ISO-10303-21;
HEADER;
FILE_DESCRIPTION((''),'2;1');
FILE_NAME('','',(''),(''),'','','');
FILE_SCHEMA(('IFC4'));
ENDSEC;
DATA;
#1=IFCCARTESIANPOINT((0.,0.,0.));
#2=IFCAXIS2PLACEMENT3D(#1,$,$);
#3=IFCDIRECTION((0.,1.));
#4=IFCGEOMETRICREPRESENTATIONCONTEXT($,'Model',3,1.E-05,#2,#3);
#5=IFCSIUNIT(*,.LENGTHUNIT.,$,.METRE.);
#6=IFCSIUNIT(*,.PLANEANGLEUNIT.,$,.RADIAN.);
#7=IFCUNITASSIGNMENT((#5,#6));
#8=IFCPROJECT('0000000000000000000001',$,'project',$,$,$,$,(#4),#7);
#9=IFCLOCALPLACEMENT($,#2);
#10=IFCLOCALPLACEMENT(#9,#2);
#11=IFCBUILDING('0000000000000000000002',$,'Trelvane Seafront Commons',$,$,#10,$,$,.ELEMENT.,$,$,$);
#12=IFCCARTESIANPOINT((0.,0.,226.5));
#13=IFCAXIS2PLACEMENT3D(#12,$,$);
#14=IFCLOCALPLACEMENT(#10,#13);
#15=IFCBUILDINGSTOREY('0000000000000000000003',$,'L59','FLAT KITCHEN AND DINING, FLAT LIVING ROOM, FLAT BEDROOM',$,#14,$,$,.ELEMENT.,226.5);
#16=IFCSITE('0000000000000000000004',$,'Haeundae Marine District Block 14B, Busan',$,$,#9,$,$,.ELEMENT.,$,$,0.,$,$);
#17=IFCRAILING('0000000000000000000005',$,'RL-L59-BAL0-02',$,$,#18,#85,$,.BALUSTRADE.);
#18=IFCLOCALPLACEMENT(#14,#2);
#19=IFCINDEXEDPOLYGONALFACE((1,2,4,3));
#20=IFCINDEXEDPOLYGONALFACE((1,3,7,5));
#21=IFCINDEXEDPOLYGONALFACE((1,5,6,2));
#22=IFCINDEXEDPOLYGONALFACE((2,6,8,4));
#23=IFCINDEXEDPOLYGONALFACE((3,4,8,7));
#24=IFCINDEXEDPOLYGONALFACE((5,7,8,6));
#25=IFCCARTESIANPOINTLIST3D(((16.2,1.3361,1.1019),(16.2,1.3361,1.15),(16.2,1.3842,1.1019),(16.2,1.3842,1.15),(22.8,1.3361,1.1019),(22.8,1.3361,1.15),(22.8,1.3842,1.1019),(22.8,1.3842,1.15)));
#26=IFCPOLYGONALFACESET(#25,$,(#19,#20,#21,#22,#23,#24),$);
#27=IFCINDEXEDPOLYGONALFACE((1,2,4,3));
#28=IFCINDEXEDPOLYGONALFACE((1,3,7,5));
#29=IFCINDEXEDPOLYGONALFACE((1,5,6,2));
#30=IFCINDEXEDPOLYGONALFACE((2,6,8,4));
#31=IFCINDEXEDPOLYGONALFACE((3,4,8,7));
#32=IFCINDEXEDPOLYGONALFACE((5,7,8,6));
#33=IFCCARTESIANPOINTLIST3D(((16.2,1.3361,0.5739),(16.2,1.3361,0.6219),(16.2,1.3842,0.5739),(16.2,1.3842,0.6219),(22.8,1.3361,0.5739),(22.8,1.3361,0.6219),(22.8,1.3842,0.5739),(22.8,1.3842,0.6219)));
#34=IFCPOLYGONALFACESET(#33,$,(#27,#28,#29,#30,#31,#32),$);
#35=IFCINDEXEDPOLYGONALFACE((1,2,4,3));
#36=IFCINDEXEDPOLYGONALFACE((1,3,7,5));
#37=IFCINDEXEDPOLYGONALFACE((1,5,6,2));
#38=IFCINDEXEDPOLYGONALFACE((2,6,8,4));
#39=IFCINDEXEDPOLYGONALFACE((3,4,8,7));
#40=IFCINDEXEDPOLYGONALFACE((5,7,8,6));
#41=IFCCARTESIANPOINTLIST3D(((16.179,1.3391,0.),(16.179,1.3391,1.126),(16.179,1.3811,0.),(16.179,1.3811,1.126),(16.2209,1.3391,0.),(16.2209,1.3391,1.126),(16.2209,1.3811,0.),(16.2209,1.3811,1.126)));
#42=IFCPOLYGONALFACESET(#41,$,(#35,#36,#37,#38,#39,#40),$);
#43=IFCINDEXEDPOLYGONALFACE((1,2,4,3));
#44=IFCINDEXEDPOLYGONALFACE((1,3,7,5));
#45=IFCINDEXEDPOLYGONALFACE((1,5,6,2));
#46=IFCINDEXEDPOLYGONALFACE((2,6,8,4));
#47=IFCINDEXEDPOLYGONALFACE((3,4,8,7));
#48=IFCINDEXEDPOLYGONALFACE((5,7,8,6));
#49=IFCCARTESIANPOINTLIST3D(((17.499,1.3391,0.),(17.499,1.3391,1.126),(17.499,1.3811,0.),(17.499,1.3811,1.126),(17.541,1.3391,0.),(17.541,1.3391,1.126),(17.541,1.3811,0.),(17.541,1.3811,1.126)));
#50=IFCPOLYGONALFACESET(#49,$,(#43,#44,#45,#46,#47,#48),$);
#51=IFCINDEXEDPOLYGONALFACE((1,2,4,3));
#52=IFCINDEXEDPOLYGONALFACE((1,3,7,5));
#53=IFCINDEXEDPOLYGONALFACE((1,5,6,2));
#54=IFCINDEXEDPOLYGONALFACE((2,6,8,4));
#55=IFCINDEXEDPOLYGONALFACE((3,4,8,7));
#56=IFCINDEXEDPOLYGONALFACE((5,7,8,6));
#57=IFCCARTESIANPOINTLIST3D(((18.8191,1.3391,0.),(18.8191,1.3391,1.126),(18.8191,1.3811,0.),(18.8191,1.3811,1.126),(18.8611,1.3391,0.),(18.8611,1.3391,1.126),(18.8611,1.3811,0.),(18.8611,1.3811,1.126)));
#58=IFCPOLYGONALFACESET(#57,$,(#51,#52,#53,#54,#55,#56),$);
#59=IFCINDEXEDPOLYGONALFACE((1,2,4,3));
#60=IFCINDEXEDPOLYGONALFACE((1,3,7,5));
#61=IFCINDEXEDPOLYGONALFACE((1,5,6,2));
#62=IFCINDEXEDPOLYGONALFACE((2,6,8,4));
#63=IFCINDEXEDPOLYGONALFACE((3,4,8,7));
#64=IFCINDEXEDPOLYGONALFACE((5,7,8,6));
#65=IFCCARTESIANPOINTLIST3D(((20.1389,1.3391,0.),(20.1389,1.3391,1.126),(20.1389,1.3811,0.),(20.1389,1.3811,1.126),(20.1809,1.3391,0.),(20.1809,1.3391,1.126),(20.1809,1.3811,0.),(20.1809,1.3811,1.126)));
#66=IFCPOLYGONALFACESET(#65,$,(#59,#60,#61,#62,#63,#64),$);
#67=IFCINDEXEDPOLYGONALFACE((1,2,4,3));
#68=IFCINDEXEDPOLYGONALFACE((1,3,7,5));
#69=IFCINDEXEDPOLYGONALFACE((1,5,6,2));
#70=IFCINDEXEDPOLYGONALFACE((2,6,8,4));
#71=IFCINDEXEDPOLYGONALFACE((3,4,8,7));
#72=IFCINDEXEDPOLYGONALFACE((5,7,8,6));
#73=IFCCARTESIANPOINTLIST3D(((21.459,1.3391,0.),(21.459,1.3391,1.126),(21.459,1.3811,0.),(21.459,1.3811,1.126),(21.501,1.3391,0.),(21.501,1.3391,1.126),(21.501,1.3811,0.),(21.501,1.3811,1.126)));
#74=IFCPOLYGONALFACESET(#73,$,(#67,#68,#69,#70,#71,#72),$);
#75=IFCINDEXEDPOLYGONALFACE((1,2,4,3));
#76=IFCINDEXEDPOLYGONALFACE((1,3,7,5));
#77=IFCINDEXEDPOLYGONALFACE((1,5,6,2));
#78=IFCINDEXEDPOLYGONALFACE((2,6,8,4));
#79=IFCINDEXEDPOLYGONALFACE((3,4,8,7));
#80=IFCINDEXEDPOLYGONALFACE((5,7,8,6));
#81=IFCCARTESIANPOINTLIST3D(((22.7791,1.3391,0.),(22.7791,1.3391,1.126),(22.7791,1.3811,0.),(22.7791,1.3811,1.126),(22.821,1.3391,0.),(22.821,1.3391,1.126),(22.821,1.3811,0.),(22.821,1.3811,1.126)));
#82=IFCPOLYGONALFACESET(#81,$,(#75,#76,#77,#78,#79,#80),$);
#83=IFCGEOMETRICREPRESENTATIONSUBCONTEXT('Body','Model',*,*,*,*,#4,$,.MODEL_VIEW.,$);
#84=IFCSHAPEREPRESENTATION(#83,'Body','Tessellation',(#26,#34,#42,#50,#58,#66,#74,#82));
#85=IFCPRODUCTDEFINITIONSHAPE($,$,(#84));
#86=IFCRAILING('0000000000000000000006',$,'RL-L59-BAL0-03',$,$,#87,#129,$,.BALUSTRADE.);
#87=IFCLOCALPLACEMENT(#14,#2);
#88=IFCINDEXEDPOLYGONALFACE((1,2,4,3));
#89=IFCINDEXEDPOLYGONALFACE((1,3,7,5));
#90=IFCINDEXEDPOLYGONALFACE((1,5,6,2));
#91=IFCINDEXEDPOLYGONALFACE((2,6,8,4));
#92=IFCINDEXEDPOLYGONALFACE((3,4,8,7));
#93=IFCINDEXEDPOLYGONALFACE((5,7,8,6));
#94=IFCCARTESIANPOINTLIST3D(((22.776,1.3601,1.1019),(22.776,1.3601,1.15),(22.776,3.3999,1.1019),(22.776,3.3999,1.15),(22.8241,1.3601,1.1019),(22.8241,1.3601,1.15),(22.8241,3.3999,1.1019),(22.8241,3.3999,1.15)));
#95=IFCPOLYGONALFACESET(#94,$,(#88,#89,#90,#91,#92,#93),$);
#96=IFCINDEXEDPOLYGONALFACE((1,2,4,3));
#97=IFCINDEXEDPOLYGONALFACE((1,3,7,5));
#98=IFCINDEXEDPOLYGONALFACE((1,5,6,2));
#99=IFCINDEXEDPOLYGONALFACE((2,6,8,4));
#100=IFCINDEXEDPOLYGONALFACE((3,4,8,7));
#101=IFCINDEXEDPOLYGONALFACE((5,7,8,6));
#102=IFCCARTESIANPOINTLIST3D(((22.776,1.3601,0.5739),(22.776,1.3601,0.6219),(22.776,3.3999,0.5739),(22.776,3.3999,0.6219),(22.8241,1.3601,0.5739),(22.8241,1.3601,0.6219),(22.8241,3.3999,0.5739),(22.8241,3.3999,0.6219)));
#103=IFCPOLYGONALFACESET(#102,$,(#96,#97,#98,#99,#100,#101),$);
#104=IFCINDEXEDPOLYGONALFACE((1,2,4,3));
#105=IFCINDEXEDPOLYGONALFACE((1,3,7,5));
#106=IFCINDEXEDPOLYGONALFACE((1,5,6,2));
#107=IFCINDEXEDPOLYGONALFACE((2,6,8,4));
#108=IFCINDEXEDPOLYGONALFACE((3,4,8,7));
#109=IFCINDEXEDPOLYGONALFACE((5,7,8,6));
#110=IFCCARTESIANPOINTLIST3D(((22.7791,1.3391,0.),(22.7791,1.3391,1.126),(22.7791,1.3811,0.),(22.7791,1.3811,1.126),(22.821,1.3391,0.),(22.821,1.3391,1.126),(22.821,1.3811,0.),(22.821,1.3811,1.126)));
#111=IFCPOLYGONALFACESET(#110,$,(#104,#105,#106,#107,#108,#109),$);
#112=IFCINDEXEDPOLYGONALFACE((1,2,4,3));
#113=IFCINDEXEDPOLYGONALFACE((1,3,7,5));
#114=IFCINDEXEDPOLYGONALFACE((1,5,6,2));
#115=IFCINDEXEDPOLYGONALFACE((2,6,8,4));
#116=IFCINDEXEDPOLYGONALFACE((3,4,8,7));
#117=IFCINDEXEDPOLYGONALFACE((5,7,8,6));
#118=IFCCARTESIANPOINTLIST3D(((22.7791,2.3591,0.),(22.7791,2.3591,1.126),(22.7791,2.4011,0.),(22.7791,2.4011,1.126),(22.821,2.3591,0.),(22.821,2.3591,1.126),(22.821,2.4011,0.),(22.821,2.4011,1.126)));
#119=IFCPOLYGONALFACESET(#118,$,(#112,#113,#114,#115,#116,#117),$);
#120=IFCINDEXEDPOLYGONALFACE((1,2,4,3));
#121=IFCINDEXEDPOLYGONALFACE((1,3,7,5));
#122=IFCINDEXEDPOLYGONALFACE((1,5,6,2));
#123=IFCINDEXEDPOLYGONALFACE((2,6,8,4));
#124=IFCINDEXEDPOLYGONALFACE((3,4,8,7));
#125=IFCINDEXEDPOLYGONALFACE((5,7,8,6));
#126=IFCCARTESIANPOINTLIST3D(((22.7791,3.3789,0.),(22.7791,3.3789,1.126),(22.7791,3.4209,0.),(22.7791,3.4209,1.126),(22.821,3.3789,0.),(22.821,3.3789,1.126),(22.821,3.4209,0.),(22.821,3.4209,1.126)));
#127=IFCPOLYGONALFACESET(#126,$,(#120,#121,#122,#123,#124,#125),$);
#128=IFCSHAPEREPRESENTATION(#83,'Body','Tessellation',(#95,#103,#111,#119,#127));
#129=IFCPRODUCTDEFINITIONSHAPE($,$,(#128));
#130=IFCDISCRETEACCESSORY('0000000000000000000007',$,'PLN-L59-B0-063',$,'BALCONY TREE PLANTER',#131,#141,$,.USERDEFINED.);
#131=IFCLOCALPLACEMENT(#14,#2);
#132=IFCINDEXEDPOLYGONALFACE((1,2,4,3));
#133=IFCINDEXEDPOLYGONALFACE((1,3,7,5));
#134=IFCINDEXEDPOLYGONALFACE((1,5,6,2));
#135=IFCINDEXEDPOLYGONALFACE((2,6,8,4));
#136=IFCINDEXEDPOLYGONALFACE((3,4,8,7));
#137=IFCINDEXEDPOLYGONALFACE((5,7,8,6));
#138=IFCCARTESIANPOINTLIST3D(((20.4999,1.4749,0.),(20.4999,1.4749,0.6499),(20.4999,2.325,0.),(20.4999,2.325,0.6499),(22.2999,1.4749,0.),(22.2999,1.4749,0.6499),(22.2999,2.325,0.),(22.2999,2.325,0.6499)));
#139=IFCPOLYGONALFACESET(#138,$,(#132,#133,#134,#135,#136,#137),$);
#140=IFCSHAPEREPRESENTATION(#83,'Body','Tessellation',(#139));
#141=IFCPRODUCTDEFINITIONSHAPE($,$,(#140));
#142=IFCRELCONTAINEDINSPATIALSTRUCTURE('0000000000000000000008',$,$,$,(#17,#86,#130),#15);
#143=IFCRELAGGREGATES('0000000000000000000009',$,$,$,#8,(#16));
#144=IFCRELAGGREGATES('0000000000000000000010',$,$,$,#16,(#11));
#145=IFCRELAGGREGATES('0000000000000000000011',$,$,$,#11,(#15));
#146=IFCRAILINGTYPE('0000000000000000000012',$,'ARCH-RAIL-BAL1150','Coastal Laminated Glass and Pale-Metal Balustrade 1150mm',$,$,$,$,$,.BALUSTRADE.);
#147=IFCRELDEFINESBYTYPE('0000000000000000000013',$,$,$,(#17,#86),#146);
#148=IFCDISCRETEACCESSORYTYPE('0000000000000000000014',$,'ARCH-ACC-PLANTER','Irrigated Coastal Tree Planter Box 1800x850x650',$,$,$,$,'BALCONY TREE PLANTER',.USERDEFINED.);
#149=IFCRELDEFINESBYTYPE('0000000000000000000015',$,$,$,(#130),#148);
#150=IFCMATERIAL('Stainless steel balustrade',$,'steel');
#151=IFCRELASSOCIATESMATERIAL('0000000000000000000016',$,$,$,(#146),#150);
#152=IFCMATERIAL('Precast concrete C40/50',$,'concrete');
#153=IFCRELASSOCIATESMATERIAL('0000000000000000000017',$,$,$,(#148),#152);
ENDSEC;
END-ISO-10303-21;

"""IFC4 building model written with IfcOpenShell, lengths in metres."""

from ifc_helpers import new_model, si_unit, direction, frame, origin, origin_2d, place, context, subcontext, project, spatial, rectangle, extrude, source, transform, mapped, material, type_object, element, save


model = new_model("IFC4")

# Units and contexts
model_context = context("Model", 3, precision=1e-05, world=origin(), true_north=direction((0.0, 1.0)))
body_context = subcontext(model_context, "Body", "Model", "MODEL_VIEW")
ifc_project = project(units=[si_unit("LENGTHUNIT", "METRE"), si_unit("PLANEANGLEUNIT", "RADIAN")], contexts=[model_context])

# Site, building, storey
site_placement = place(None, origin())
site = spatial("IfcSite", under=ifc_project, at=site_placement, Name="Haeundae Marine District Block 14B, Busan", CompositionType="ELEMENT", RefElevation=0.0)
building_placement = place(site_placement, origin())
building = spatial("IfcBuilding", under=site, at=building_placement, Name="Trelvane Seafront Commons", CompositionType="ELEMENT")
storey_placement = place(building_placement, frame((0.0, 0.0, 226.5)))
storey = spatial("IfcBuildingStorey", under=building, at=storey_placement, Name="L59", Description="FLAT KITCHEN AND DINING, FLAT LIVING ROOM, FLAT BEDROOM", CompositionType="ELEMENT", Elevation=226.5)

# Railings
ifc_material_1 = material(Name="Stainless steel balustrade", Category="steel")
railing_type = type_object("IfcRailingType", Name="ARCH-RAIL-BAL1150", Description="Coastal Laminated Glass and Pale-Metal Balustrade 1150mm", PredefinedType="BALUSTRADE", material=ifc_material_1)
railing_1_placement = place(storey_placement, frame((16.2, 1.3601, 0.0)))
element("IfcRailing", 1, at=railing_1_placement, inside=storey, type_object=railing_type, Name="RL-L59-BAL0-02", PredefinedType="BALUSTRADE", context=body_context, shape_type="SweptSolid", body=[
    extrude(rectangle(XDim=0.0481, YDim=0.0481, at=origin_2d()), frame((0.0, 0.0, 1.126), z_axis=(1.0, 0.0, 0.0), x_axis=(0.0, 1.0, 0.0)), (0.0, 0.0, 1.0), 6.6001),
    extrude(rectangle(XDim=0.0481, YDim=0.0481, at=origin_2d()), frame((0.0, 0.0, 0.5979), z_axis=(1.0, 0.0, 0.0), x_axis=(0.0, 1.0, 0.0)), (0.0, 0.0, 1.0), 6.6001),
    extrude(rectangle(XDim=0.042, YDim=0.042, at=origin_2d()), origin(), (0.0, 0.0, 1.0), 1.126),
    extrude(rectangle(XDim=0.042, YDim=0.042, at=origin_2d()), frame((1.3201, 0.0, 0.0)), (0.0, 0.0, 1.0), 1.126),
    extrude(rectangle(XDim=0.042, YDim=0.042, at=origin_2d()), frame((2.6401, 0.0, 0.0)), (0.0, 0.0, 1.0), 1.126),
    extrude(rectangle(XDim=0.042, YDim=0.042, at=origin_2d()), frame((3.96, 0.0, 0.0)), (0.0, 0.0, 1.0), 1.126),
    extrude(rectangle(XDim=0.042, YDim=0.042, at=origin_2d()), frame((5.28, 0.0, 0.0)), (0.0, 0.0, 1.0), 1.126),
    extrude(rectangle(XDim=0.042, YDim=0.042, at=origin_2d()), frame((6.6001, 0.0, 0.0)), (0.0, 0.0, 1.0), 1.126),
])
railing_2_placement = place(storey_placement, frame((22.8, 1.3601, 0.0)))
element("IfcRailing", 2, at=railing_2_placement, inside=storey, type_object=railing_type, Name="RL-L59-BAL0-03", PredefinedType="BALUSTRADE", context=body_context, shape_type="SweptSolid", body=[
    extrude(rectangle(XDim=0.0481, YDim=0.0481, at=origin_2d()), frame((0.0, 0.0, 1.126), z_axis=(0.0, 1.0, 0.0), x_axis=(-1.0, 0.0, 0.0)), (0.0, 0.0, 1.0), 2.0398),
    extrude(rectangle(XDim=0.0481, YDim=0.0481, at=origin_2d()), frame((0.0, 0.0, 0.5979), z_axis=(0.0, 1.0, 0.0), x_axis=(-1.0, 0.0, 0.0)), (0.0, 0.0, 1.0), 2.0398),
    extrude(rectangle(XDim=0.042, YDim=0.042, at=origin_2d()), origin(), (0.0, 0.0, 1.0), 1.126),
    extrude(rectangle(XDim=0.042, YDim=0.042, at=origin_2d()), frame((0.0, 1.02, 0.0)), (0.0, 0.0, 1.0), 1.126),
    extrude(rectangle(XDim=0.042, YDim=0.042, at=origin_2d()), frame((0.0, 2.0398, 0.0)), (0.0, 0.0, 1.0), 1.126),
])

# Discrete accessory
ifc_material_2 = material(Name="Precast concrete C40/50", Category="concrete")
discrete_accessory_type = type_object("IfcDiscreteAccessoryType", Name="ARCH-ACC-PLANTER", Description="Irrigated Coastal Tree Planter Box 1800x850x650", ElementType="BALCONY TREE PLANTER", PredefinedType="USERDEFINED", material=ifc_material_2)
shared_shape_1 = source(origin(), body_context, "Body", "SweptSolid", [
    extrude(rectangle(XDim=1.8, YDim=0.8501, at=origin_2d()), origin(), (0.0, 0.0, 1.0), 0.6499),
])
discrete_accessory_placement = place(storey_placement, frame((21.3999, 1.8999, 0.0), z_axis=(0.0, 0.0, 1.0), x_axis=(1.0, 0.0, 0.0)))
element("IfcDiscreteAccessory", 3, at=discrete_accessory_placement, inside=storey, type_object=discrete_accessory_type, Name="PLN-L59-B0-063", ObjectType="BALCONY TREE PLANTER", PredefinedType="USERDEFINED", context=body_context, shape_type="MappedRepresentation", body=[
    mapped(shared_shape_1, transform((0.0, 0.0, 0.0), x_axis=(1.0, 0.0, 0.0), y_axis=(0.0, 1.0, 0.0), z_axis=(0.0, 0.0, 1.0), scale=1.0)),
])

save(model, "model.ifc")
